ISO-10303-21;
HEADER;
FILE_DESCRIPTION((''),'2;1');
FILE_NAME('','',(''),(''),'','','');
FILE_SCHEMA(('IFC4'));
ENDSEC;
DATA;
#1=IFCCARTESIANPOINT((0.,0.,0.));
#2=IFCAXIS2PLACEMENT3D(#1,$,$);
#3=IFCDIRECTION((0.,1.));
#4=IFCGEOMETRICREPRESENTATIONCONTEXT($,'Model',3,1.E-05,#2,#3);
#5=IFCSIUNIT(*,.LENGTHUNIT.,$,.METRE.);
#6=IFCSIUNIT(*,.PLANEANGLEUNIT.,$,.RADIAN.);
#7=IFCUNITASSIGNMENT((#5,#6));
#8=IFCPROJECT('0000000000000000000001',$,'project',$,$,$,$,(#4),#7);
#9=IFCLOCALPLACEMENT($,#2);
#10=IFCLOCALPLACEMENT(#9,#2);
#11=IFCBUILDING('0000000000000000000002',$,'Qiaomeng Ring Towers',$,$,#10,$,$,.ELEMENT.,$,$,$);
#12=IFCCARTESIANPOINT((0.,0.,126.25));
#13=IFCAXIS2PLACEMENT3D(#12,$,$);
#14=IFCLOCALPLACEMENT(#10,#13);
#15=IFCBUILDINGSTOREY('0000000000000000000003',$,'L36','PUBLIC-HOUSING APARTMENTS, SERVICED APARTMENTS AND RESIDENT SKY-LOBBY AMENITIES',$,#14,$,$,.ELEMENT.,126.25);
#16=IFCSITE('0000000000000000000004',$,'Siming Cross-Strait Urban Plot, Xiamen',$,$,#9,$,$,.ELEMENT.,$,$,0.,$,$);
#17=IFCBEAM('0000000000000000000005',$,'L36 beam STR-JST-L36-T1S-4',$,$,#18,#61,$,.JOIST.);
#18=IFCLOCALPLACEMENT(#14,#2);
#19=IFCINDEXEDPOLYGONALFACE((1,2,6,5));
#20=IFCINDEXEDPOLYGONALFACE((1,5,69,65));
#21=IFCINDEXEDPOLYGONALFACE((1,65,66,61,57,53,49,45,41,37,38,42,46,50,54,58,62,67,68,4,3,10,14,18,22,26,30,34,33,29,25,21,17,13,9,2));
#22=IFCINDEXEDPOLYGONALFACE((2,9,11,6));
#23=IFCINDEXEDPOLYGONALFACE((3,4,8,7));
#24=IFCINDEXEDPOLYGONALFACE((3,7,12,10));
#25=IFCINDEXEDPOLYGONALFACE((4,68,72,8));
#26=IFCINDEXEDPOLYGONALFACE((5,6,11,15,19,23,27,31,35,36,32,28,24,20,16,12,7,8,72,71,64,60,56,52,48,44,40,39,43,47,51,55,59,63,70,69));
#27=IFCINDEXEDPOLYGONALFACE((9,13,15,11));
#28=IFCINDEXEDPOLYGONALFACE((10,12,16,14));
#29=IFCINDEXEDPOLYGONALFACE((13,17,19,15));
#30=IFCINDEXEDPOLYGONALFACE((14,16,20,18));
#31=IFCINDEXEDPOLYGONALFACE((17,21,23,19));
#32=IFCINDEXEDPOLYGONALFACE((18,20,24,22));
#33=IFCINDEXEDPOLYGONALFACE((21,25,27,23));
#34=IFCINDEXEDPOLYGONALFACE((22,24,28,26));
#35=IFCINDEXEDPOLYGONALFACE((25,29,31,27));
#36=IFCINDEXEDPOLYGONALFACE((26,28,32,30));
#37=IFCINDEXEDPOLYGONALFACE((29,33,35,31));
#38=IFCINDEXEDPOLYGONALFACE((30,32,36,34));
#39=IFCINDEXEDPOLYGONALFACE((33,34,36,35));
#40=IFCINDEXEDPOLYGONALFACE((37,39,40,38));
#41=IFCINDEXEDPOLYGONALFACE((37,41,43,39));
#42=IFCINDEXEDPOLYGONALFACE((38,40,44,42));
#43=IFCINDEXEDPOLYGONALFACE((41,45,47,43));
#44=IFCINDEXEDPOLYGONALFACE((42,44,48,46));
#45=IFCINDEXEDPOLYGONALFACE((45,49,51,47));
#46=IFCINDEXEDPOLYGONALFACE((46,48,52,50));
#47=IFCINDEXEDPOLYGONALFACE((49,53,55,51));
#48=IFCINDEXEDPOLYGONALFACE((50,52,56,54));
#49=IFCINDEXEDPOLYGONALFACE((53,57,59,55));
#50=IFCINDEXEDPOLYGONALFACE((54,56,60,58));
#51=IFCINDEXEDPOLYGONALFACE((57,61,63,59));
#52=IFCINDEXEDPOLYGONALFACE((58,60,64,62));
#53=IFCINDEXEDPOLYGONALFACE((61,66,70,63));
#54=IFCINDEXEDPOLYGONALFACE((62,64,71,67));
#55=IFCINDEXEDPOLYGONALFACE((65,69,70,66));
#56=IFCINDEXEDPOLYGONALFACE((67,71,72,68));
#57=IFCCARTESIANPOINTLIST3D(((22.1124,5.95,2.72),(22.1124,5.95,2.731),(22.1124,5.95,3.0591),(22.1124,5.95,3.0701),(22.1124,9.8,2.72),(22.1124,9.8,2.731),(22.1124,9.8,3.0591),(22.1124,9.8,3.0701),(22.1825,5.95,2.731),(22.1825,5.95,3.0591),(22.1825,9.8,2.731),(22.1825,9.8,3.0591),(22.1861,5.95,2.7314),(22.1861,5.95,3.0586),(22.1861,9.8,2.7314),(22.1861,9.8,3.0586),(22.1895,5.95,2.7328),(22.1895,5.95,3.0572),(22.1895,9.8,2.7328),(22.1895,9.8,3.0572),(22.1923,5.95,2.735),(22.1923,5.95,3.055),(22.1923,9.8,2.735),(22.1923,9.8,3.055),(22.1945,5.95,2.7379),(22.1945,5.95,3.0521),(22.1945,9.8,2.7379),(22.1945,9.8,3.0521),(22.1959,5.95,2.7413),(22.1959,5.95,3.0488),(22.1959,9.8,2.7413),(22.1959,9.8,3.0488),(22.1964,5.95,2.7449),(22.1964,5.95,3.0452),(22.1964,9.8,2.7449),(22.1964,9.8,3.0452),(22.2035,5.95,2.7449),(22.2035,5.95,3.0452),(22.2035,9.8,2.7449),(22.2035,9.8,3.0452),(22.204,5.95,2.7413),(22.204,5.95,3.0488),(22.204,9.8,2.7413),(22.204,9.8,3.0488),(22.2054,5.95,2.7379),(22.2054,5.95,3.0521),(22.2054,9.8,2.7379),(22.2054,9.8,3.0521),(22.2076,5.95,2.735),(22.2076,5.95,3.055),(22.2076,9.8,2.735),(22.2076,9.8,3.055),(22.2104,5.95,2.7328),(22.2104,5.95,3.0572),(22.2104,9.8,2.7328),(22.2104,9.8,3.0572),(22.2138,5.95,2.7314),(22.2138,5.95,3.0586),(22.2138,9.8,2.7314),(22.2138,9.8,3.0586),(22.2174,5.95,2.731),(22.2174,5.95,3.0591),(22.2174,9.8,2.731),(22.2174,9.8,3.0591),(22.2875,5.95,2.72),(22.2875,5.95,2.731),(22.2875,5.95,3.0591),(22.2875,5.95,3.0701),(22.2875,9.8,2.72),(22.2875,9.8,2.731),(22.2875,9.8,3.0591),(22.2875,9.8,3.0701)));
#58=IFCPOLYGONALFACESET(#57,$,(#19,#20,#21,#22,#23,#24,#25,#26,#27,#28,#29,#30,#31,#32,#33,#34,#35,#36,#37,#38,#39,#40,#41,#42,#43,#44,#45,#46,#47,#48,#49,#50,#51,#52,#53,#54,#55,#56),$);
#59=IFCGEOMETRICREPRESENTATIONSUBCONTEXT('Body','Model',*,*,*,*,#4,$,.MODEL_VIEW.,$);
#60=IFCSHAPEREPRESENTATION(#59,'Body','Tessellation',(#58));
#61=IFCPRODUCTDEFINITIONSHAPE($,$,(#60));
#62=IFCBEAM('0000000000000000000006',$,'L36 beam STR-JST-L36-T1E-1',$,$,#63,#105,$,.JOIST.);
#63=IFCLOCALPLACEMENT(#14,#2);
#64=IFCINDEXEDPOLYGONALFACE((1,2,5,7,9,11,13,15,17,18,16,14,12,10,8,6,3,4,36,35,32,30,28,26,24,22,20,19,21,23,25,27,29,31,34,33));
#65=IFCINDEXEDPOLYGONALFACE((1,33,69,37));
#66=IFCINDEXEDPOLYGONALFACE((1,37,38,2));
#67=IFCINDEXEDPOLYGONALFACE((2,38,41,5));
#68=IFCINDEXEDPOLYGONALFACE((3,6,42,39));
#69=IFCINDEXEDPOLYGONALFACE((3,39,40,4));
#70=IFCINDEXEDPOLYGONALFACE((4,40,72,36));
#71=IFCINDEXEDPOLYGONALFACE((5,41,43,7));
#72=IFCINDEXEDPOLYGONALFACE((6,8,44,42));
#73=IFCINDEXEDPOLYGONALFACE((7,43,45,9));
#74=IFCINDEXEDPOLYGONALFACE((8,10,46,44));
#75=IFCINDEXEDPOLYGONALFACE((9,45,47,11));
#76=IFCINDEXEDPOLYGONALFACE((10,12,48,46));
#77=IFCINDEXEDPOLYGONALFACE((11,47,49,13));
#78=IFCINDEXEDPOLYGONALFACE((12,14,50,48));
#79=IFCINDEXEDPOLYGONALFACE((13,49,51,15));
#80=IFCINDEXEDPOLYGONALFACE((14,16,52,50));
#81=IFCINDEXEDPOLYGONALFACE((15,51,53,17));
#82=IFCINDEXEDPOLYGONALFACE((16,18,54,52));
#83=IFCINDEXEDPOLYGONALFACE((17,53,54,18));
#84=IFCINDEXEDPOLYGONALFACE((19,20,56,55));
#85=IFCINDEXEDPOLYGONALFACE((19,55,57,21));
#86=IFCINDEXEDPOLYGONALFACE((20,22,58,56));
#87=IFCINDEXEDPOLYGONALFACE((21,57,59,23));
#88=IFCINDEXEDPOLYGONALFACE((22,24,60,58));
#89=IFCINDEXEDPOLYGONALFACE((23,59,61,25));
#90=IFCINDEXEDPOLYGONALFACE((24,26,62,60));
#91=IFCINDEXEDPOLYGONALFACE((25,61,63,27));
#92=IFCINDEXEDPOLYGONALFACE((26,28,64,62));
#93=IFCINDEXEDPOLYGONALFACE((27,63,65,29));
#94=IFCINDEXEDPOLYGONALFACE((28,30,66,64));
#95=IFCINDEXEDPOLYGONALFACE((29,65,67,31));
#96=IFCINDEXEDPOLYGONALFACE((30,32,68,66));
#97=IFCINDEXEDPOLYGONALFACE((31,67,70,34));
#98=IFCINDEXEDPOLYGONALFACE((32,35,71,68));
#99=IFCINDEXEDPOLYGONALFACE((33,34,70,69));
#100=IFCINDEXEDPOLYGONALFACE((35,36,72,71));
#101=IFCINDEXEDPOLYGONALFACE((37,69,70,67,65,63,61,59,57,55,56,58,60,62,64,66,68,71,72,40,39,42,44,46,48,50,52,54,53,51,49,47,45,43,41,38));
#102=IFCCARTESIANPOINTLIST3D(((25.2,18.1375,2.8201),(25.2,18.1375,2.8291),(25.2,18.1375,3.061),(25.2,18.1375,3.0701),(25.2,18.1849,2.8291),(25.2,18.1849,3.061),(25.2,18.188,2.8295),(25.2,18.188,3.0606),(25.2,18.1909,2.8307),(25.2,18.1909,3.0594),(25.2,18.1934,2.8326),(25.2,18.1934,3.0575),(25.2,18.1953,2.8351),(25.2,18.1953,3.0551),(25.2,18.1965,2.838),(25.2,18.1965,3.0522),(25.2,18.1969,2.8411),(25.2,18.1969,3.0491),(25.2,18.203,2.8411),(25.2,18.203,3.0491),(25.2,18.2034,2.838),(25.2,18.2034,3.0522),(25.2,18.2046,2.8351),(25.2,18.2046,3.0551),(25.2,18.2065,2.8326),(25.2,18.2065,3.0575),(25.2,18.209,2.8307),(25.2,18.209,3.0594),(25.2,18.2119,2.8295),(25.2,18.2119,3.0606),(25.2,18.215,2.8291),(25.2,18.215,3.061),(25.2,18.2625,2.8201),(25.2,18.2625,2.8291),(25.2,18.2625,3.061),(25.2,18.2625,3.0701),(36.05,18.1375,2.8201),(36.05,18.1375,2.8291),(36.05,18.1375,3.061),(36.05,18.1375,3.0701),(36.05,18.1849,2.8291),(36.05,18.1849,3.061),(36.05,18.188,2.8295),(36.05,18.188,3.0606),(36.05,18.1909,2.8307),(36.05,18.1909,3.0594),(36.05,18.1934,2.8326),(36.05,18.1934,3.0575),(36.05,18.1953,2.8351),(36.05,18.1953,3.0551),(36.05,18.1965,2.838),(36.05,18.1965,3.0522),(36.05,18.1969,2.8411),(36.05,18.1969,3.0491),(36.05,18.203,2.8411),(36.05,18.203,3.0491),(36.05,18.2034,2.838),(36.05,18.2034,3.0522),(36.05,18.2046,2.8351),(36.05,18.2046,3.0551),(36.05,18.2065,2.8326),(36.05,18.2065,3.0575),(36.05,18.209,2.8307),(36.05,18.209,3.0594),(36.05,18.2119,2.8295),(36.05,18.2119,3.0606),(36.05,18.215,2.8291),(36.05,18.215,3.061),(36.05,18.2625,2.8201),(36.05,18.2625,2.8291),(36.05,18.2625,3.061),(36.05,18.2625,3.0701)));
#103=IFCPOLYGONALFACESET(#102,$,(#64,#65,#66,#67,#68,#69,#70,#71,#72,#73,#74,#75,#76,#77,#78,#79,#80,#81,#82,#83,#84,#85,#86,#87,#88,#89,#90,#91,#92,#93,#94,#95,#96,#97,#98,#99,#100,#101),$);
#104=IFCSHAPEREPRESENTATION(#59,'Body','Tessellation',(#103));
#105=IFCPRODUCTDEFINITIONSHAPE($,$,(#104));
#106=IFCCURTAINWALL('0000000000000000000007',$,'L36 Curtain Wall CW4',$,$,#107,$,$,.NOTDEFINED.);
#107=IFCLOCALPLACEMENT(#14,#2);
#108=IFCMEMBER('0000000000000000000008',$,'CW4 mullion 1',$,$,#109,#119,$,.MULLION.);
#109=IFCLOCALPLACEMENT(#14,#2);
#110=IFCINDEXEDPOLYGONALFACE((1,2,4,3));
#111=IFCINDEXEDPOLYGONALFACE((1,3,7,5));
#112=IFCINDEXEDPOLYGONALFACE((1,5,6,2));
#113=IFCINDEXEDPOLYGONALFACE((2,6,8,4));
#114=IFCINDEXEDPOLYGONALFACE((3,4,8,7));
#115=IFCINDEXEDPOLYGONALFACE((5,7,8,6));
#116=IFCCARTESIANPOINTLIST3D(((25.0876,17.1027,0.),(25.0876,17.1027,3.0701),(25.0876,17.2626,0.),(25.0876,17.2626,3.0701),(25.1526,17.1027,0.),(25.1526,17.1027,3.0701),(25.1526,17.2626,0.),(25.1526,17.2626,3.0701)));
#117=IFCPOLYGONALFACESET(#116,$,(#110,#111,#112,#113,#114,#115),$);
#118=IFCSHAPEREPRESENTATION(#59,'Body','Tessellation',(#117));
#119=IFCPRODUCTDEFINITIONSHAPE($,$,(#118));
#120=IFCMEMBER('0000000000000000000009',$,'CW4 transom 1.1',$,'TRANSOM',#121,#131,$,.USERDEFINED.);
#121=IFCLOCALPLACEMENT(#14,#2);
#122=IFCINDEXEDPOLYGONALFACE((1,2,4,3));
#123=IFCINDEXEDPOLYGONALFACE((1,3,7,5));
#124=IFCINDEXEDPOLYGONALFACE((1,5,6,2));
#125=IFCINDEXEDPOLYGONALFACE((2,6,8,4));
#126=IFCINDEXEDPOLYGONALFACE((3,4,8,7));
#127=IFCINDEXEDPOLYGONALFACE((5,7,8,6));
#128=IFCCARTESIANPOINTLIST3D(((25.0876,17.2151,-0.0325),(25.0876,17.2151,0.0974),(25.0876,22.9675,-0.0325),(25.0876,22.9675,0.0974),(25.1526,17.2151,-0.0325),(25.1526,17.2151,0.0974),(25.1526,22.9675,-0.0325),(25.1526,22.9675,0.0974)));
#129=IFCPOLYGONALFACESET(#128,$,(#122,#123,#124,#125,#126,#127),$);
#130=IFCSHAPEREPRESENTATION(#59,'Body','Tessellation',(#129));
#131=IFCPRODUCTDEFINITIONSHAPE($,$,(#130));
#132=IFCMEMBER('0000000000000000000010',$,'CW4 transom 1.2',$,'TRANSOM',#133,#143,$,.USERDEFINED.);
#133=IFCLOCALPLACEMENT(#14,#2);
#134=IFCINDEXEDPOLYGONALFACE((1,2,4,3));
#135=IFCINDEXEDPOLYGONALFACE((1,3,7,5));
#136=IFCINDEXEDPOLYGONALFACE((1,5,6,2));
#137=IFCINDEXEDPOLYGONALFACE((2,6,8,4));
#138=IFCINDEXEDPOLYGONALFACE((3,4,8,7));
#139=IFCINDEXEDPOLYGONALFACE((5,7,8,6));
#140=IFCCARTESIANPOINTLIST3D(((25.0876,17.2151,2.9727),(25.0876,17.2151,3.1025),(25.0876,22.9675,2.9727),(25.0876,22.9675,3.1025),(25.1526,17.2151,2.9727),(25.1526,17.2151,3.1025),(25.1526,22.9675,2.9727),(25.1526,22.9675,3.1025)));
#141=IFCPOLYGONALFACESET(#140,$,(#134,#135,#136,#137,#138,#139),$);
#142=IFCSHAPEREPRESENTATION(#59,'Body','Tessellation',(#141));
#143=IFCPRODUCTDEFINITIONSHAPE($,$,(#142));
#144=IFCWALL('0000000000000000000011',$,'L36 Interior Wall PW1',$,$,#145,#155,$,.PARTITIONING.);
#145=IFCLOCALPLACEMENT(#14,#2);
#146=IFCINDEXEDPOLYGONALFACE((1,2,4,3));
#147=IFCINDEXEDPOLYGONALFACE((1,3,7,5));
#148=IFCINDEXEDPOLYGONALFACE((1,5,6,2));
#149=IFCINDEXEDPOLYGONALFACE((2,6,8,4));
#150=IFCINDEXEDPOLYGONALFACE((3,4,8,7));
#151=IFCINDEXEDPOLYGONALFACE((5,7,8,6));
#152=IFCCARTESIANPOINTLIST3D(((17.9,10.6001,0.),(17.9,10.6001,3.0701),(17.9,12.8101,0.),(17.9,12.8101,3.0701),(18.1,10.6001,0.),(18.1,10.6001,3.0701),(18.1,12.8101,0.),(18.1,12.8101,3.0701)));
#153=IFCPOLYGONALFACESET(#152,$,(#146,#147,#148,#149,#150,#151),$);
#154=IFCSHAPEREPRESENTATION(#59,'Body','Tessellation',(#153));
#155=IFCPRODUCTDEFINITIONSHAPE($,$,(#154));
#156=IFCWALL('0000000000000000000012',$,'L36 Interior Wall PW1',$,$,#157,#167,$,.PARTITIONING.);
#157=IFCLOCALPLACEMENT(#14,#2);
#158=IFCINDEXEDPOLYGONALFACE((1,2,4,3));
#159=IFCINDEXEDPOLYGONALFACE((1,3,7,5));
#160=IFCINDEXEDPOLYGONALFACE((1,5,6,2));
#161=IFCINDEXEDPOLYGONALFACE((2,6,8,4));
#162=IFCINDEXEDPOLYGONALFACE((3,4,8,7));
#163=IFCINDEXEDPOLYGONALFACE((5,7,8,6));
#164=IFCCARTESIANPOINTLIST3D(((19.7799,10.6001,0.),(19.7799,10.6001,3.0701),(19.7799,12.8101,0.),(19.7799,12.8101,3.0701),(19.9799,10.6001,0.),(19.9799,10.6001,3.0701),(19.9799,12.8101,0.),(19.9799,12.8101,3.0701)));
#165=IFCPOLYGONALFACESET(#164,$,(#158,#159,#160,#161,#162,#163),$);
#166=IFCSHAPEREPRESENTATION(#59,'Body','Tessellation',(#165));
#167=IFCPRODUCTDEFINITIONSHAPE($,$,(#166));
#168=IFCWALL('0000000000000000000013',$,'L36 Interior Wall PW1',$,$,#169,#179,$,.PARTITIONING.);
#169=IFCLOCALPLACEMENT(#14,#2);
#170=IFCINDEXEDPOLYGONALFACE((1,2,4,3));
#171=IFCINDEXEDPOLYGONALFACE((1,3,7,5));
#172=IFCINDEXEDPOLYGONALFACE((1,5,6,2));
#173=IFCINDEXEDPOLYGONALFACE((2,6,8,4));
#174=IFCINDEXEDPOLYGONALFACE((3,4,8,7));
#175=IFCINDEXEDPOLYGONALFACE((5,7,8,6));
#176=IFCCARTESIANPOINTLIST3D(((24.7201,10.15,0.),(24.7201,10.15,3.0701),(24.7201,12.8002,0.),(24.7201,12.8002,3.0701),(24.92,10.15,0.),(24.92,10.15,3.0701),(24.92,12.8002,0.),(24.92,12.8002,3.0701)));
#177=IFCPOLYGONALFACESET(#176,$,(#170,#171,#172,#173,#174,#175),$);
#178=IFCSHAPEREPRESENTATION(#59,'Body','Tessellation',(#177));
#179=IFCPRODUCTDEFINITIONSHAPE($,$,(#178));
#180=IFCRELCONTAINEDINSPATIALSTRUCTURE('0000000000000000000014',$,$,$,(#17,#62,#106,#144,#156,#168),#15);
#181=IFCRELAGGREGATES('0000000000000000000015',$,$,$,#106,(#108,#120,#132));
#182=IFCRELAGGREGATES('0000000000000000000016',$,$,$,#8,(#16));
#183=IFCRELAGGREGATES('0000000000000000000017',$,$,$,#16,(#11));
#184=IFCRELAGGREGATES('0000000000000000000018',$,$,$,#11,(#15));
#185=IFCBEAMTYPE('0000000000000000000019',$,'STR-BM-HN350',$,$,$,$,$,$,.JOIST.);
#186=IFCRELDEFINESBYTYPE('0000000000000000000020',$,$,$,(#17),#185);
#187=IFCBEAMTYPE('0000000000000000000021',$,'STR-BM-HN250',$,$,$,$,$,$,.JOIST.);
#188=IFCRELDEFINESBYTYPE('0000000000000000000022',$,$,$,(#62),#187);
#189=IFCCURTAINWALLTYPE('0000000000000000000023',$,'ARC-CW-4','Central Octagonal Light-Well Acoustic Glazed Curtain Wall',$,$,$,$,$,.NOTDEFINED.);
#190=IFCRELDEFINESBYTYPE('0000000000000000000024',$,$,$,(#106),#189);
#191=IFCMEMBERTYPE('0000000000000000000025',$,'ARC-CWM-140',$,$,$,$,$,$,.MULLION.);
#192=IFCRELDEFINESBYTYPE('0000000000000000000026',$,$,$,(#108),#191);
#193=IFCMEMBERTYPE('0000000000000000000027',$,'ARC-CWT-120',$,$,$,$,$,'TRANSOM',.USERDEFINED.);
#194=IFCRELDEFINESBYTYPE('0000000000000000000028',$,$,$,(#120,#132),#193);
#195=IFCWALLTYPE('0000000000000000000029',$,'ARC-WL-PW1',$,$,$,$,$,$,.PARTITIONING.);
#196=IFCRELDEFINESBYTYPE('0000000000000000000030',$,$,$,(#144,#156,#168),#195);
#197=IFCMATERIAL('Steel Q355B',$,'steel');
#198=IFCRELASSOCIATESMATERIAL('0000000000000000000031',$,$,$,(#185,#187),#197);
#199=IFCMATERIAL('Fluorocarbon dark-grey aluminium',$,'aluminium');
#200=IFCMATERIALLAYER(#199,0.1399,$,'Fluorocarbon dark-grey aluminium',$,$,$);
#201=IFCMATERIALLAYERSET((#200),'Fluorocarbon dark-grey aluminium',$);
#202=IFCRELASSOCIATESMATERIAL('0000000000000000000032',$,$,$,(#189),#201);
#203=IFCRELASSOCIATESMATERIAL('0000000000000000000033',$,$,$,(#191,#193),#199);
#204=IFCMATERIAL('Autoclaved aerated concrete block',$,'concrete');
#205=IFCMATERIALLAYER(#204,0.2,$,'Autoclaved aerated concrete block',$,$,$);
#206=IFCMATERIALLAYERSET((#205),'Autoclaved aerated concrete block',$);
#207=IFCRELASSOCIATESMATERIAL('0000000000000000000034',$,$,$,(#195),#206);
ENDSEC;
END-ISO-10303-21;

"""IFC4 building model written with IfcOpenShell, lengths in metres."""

from ifc_helpers import new_model, si_unit, direction, frame, frame_2d, origin, origin_2d, place, context, subcontext, project, spatial, rectangle, i_section, extrude, source, transform, mapped, material, layer, layer_set, material_profile, profile_set, type_object, element, aggregate, save


model = new_model("IFC4")

# Units and contexts
model_context = context("Model", 3, precision=1e-05, world=origin(), true_north=direction((0.0, 1.0)))
body_context = subcontext(model_context, "Body", "Model", "MODEL_VIEW")
ifc_project = project(units=[si_unit("LENGTHUNIT", "METRE"), si_unit("PLANEANGLEUNIT", "RADIAN")], contexts=[model_context])

# Site, building, storey
site_placement = place(None, origin())
site = spatial("IfcSite", under=ifc_project, at=site_placement, Name="Siming Cross-Strait Urban Plot, Xiamen", CompositionType="ELEMENT", RefElevation=0.0)
building_placement = place(site_placement, origin())
building = spatial("IfcBuilding", under=site, at=building_placement, Name="Qiaomeng Ring Towers", CompositionType="ELEMENT")
storey_placement = place(building_placement, frame((0.0, 0.0, 126.25)))
storey = spatial("IfcBuildingStorey", under=building, at=storey_placement, Name="L36", Description="PUBLIC-HOUSING APARTMENTS, SERVICED APARTMENTS AND RESIDENT SKY-LOBBY AMENITIES", CompositionType="ELEMENT", Elevation=126.25)

# Beams
ifc_material_1 = material(Name="Steel Q355B", Category="steel")
ifc_material_profile_1 = material_profile(ifc_material_1, i_section(OverallWidth=0.175, OverallDepth=0.3501, WebThickness=0.0071, FlangeThickness=0.011, FilletRadius=0.0139, at=origin_2d()), Name="HN 350x175x7x11")
ifc_profile_set_1 = profile_set([ifc_material_profile_1], Name="Steel Q355B")
beam_type_1 = type_object("IfcBeamType", Name="STR-BM-HN350", PredefinedType="JOIST", material=ifc_profile_set_1)
shared_shape_1 = source(origin(), body_context, "Body", "SweptSolid", [
    extrude(i_section(OverallWidth=0.175, OverallDepth=0.3501, WebThickness=0.0071, FlangeThickness=0.011, FilletRadius=0.0139, at=origin_2d()), origin(), (0.0, 0.0, 1.0), 3.8501),
])
for number, where, z_axis, x_axis, name in (
    (1, (22.2, 5.95, 2.895), (0.0, 1.0, 0.0), (-1.0, 0.0, 0.0), "L36 beam STR-JST-L36-T1S-4"),
):
    element("IfcBeam", number, at=place(storey_placement, frame(where, z_axis=z_axis, x_axis=x_axis)), inside=storey, type_object=beam_type_1, Name=name, PredefinedType="JOIST", context=body_context, shape_type="MappedRepresentation", body=[
        mapped(shared_shape_1, transform((0.0, 0.0, 0.0), x_axis=(1.0, 0.0, 0.0), y_axis=(0.0, 1.0, 0.0), z_axis=(0.0, 0.0, 1.0), scale=1.0)),
    ])
ifc_material_profile_2 = material_profile(ifc_material_1, i_section(OverallWidth=0.125, OverallDepth=0.25, WebThickness=0.0061, FlangeThickness=0.009, FilletRadius=0.012, at=origin_2d()), Name="HN 250x125x6x9")
ifc_profile_set_2 = profile_set([ifc_material_profile_2], Name="Steel Q355B")
beam_type_2 = type_object("IfcBeamType", Name="STR-BM-HN250", PredefinedType="JOIST", material=ifc_profile_set_2)
shared_shape_2 = source(origin(), body_context, "Body", "SweptSolid", [
    extrude(i_section(OverallWidth=0.125, OverallDepth=0.25, WebThickness=0.0061, FlangeThickness=0.009, FilletRadius=0.012, at=origin_2d()), origin(), (0.0, 0.0, 1.0), 10.8501),
])
beam_1_placement = place(storey_placement, frame((25.2, 18.2, 2.9451), z_axis=(1.0, 0.0, 0.0), x_axis=(0.0, 1.0, 0.0)))
element("IfcBeam", 2, at=beam_1_placement, inside=storey, type_object=beam_type_2, Name="L36 beam STR-JST-L36-T1E-1", PredefinedType="JOIST", context=body_context, shape_type="MappedRepresentation", body=[
    mapped(shared_shape_2, transform((0.0, 0.0, 0.0), x_axis=(1.0, 0.0, 0.0), y_axis=(0.0, 1.0, 0.0), z_axis=(0.0, 0.0, 1.0), scale=1.0)),
])

# Curtain wall, members
ifc_material_2 = material(Name="Fluorocarbon dark-grey aluminium", Category="aluminium")
ifc_layer_1 = layer(ifc_material_2, 0.1399, Name="Fluorocarbon dark-grey aluminium")
ifc_layer_set_1 = layer_set([ifc_layer_1], Name="Fluorocarbon dark-grey aluminium")
curtain_wall_type = type_object("IfcCurtainWallType", Name="ARC-CW-4", Description="Central Octagonal Light-Well Acoustic Glazed Curtain Wall", PredefinedType="NOTDEFINED", material=ifc_layer_set_1)
curtain_wall_placement = place(storey_placement, origin())
curtain_wall = element("IfcCurtainWall", 3, at=curtain_wall_placement, inside=storey, type_object=curtain_wall_type, Name="L36 Curtain Wall CW4", PredefinedType="NOTDEFINED")
ifc_material_profile_3 = material_profile(ifc_material_2, rectangle(XDim=0.0649, YDim=0.1599, at=origin_2d()), Name="ALU MULL 65x160")
ifc_profile_set_3 = profile_set([ifc_material_profile_3], Name="Fluorocarbon dark-grey aluminium")
member_type_1 = type_object("IfcMemberType", Name="ARC-CWM-140", PredefinedType="MULLION", material=ifc_profile_set_3)
shared_shape_3 = source(origin(), body_context, "Body", "SweptSolid", [
    extrude(rectangle(XDim=0.0649, YDim=0.1599, at=origin_2d()), origin(), (0.0, 0.0, 1.0), 3.0701),
])
member_1_placement = place(storey_placement, frame((25.1201, 17.1826, 0.0), z_axis=(0.0, 0.0, 1.0), x_axis=(-1.0, 0.0, 0.0)))
member_1 = element("IfcMember", 4, at=member_1_placement, type_object=member_type_1, Name="CW4 mullion 1", PredefinedType="MULLION", context=body_context, shape_type="MappedRepresentation", body=[
    mapped(shared_shape_3, transform((0.0, 0.0, 0.0), x_axis=(1.0, 0.0, 0.0), y_axis=(0.0, 1.0, 0.0), z_axis=(0.0, 0.0, 1.0), scale=1.0)),
])
ifc_material_profile_4 = material_profile(ifc_material_2, rectangle(XDim=0.0649, YDim=0.1299, at=origin_2d()), Name="ALU TRAN 65x130")
ifc_profile_set_4 = profile_set([ifc_material_profile_4], Name="Fluorocarbon dark-grey aluminium")
member_type_2 = type_object("IfcMemberType", Name="ARC-CWT-120", ElementType="TRANSOM", PredefinedType="USERDEFINED", material=ifc_profile_set_4)
shared_shape_4 = source(origin(), body_context, "Body", "SweptSolid", [
    extrude(rectangle(XDim=0.0649, YDim=0.1299, at=origin_2d()), origin(), (0.0, 0.0, 1.0), 5.7524),
])
member_2_placement = place(storey_placement, frame((25.1201, 17.2151, 0.0325), z_axis=(0.0, 1.0, 0.0), x_axis=(-1.0, 0.0, 0.0)))
member_2 = element("IfcMember", 5, at=member_2_placement, type_object=member_type_2, Name="CW4 transom 1.1", ObjectType="TRANSOM", PredefinedType="USERDEFINED", context=body_context, shape_type="MappedRepresentation", body=[
    mapped(shared_shape_4, transform((0.0, 0.0, 0.0), x_axis=(1.0, 0.0, 0.0), y_axis=(0.0, 1.0, 0.0), z_axis=(0.0, 0.0, 1.0), scale=1.0)),
])
member_3_placement = place(storey_placement, frame((25.1201, 17.2151, 3.0376), z_axis=(0.0, 1.0, 0.0), x_axis=(-1.0, 0.0, 0.0)))
member_3 = element("IfcMember", 6, at=member_3_placement, type_object=member_type_2, Name="CW4 transom 1.2", ObjectType="TRANSOM", PredefinedType="USERDEFINED", context=body_context, shape_type="MappedRepresentation", body=[
    mapped(shared_shape_4, transform((0.0, 0.0, 0.0), x_axis=(1.0, 0.0, 0.0), y_axis=(0.0, 1.0, 0.0), z_axis=(0.0, 0.0, 1.0), scale=1.0)),
])
aggregate(curtain_wall, [member_1, member_2, member_3])

# Walls
ifc_material_3 = material(Name="Autoclaved aerated concrete block", Category="concrete")
ifc_layer_2 = layer(ifc_material_3, 0.2, Name="Autoclaved aerated concrete block")
ifc_layer_set_2 = layer_set([ifc_layer_2], Name="Autoclaved aerated concrete block")
wall_type_1 = type_object("IfcWallType", Name="ARC-WL-PW1", PredefinedType="PARTITIONING", material=ifc_layer_set_2)
for number, where, z_axis, x_axis, name in (
    (7, (18.0, 10.6001, 0.0), (0.0, 0.0, 1.0), (0.0, 1.0, 0.0), "L36 Interior Wall PW1"),
    (8, (19.8799, 10.6001, 0.0), (0.0, 0.0, 1.0), (0.0, 1.0, 0.0), "L36 Interior Wall PW1"),
):
    element("IfcWall", number, at=place(storey_placement, frame(where, z_axis=z_axis, x_axis=x_axis)), inside=storey, type_object=wall_type_1, Name=name, PredefinedType="PARTITIONING", context=body_context, shape_type="SweptSolid", body=[
        extrude(rectangle(XDim=2.21, YDim=0.2, at=frame_2d((1.105, 0.0))), origin(), (0.0, 0.0, 1.0), 3.0701),
    ])
wall_1_placement = place(storey_placement, frame((24.8201, 10.1499, 0.0), z_axis=(0.0, 0.0, 1.0), x_axis=(0.0, 1.0, 0.0)))
element("IfcWall", 9, at=wall_1_placement, inside=storey, type_object=wall_type_1, Name="L36 Interior Wall PW1", PredefinedType="PARTITIONING", context=body_context, shape_type="SweptSolid", body=[
    extrude(rectangle(XDim=2.6501, YDim=0.2, at=frame_2d((1.3252, 0.0))), origin(), (0.0, 0.0, 1.0), 3.0701),
])

save(model, "model.ifc")
